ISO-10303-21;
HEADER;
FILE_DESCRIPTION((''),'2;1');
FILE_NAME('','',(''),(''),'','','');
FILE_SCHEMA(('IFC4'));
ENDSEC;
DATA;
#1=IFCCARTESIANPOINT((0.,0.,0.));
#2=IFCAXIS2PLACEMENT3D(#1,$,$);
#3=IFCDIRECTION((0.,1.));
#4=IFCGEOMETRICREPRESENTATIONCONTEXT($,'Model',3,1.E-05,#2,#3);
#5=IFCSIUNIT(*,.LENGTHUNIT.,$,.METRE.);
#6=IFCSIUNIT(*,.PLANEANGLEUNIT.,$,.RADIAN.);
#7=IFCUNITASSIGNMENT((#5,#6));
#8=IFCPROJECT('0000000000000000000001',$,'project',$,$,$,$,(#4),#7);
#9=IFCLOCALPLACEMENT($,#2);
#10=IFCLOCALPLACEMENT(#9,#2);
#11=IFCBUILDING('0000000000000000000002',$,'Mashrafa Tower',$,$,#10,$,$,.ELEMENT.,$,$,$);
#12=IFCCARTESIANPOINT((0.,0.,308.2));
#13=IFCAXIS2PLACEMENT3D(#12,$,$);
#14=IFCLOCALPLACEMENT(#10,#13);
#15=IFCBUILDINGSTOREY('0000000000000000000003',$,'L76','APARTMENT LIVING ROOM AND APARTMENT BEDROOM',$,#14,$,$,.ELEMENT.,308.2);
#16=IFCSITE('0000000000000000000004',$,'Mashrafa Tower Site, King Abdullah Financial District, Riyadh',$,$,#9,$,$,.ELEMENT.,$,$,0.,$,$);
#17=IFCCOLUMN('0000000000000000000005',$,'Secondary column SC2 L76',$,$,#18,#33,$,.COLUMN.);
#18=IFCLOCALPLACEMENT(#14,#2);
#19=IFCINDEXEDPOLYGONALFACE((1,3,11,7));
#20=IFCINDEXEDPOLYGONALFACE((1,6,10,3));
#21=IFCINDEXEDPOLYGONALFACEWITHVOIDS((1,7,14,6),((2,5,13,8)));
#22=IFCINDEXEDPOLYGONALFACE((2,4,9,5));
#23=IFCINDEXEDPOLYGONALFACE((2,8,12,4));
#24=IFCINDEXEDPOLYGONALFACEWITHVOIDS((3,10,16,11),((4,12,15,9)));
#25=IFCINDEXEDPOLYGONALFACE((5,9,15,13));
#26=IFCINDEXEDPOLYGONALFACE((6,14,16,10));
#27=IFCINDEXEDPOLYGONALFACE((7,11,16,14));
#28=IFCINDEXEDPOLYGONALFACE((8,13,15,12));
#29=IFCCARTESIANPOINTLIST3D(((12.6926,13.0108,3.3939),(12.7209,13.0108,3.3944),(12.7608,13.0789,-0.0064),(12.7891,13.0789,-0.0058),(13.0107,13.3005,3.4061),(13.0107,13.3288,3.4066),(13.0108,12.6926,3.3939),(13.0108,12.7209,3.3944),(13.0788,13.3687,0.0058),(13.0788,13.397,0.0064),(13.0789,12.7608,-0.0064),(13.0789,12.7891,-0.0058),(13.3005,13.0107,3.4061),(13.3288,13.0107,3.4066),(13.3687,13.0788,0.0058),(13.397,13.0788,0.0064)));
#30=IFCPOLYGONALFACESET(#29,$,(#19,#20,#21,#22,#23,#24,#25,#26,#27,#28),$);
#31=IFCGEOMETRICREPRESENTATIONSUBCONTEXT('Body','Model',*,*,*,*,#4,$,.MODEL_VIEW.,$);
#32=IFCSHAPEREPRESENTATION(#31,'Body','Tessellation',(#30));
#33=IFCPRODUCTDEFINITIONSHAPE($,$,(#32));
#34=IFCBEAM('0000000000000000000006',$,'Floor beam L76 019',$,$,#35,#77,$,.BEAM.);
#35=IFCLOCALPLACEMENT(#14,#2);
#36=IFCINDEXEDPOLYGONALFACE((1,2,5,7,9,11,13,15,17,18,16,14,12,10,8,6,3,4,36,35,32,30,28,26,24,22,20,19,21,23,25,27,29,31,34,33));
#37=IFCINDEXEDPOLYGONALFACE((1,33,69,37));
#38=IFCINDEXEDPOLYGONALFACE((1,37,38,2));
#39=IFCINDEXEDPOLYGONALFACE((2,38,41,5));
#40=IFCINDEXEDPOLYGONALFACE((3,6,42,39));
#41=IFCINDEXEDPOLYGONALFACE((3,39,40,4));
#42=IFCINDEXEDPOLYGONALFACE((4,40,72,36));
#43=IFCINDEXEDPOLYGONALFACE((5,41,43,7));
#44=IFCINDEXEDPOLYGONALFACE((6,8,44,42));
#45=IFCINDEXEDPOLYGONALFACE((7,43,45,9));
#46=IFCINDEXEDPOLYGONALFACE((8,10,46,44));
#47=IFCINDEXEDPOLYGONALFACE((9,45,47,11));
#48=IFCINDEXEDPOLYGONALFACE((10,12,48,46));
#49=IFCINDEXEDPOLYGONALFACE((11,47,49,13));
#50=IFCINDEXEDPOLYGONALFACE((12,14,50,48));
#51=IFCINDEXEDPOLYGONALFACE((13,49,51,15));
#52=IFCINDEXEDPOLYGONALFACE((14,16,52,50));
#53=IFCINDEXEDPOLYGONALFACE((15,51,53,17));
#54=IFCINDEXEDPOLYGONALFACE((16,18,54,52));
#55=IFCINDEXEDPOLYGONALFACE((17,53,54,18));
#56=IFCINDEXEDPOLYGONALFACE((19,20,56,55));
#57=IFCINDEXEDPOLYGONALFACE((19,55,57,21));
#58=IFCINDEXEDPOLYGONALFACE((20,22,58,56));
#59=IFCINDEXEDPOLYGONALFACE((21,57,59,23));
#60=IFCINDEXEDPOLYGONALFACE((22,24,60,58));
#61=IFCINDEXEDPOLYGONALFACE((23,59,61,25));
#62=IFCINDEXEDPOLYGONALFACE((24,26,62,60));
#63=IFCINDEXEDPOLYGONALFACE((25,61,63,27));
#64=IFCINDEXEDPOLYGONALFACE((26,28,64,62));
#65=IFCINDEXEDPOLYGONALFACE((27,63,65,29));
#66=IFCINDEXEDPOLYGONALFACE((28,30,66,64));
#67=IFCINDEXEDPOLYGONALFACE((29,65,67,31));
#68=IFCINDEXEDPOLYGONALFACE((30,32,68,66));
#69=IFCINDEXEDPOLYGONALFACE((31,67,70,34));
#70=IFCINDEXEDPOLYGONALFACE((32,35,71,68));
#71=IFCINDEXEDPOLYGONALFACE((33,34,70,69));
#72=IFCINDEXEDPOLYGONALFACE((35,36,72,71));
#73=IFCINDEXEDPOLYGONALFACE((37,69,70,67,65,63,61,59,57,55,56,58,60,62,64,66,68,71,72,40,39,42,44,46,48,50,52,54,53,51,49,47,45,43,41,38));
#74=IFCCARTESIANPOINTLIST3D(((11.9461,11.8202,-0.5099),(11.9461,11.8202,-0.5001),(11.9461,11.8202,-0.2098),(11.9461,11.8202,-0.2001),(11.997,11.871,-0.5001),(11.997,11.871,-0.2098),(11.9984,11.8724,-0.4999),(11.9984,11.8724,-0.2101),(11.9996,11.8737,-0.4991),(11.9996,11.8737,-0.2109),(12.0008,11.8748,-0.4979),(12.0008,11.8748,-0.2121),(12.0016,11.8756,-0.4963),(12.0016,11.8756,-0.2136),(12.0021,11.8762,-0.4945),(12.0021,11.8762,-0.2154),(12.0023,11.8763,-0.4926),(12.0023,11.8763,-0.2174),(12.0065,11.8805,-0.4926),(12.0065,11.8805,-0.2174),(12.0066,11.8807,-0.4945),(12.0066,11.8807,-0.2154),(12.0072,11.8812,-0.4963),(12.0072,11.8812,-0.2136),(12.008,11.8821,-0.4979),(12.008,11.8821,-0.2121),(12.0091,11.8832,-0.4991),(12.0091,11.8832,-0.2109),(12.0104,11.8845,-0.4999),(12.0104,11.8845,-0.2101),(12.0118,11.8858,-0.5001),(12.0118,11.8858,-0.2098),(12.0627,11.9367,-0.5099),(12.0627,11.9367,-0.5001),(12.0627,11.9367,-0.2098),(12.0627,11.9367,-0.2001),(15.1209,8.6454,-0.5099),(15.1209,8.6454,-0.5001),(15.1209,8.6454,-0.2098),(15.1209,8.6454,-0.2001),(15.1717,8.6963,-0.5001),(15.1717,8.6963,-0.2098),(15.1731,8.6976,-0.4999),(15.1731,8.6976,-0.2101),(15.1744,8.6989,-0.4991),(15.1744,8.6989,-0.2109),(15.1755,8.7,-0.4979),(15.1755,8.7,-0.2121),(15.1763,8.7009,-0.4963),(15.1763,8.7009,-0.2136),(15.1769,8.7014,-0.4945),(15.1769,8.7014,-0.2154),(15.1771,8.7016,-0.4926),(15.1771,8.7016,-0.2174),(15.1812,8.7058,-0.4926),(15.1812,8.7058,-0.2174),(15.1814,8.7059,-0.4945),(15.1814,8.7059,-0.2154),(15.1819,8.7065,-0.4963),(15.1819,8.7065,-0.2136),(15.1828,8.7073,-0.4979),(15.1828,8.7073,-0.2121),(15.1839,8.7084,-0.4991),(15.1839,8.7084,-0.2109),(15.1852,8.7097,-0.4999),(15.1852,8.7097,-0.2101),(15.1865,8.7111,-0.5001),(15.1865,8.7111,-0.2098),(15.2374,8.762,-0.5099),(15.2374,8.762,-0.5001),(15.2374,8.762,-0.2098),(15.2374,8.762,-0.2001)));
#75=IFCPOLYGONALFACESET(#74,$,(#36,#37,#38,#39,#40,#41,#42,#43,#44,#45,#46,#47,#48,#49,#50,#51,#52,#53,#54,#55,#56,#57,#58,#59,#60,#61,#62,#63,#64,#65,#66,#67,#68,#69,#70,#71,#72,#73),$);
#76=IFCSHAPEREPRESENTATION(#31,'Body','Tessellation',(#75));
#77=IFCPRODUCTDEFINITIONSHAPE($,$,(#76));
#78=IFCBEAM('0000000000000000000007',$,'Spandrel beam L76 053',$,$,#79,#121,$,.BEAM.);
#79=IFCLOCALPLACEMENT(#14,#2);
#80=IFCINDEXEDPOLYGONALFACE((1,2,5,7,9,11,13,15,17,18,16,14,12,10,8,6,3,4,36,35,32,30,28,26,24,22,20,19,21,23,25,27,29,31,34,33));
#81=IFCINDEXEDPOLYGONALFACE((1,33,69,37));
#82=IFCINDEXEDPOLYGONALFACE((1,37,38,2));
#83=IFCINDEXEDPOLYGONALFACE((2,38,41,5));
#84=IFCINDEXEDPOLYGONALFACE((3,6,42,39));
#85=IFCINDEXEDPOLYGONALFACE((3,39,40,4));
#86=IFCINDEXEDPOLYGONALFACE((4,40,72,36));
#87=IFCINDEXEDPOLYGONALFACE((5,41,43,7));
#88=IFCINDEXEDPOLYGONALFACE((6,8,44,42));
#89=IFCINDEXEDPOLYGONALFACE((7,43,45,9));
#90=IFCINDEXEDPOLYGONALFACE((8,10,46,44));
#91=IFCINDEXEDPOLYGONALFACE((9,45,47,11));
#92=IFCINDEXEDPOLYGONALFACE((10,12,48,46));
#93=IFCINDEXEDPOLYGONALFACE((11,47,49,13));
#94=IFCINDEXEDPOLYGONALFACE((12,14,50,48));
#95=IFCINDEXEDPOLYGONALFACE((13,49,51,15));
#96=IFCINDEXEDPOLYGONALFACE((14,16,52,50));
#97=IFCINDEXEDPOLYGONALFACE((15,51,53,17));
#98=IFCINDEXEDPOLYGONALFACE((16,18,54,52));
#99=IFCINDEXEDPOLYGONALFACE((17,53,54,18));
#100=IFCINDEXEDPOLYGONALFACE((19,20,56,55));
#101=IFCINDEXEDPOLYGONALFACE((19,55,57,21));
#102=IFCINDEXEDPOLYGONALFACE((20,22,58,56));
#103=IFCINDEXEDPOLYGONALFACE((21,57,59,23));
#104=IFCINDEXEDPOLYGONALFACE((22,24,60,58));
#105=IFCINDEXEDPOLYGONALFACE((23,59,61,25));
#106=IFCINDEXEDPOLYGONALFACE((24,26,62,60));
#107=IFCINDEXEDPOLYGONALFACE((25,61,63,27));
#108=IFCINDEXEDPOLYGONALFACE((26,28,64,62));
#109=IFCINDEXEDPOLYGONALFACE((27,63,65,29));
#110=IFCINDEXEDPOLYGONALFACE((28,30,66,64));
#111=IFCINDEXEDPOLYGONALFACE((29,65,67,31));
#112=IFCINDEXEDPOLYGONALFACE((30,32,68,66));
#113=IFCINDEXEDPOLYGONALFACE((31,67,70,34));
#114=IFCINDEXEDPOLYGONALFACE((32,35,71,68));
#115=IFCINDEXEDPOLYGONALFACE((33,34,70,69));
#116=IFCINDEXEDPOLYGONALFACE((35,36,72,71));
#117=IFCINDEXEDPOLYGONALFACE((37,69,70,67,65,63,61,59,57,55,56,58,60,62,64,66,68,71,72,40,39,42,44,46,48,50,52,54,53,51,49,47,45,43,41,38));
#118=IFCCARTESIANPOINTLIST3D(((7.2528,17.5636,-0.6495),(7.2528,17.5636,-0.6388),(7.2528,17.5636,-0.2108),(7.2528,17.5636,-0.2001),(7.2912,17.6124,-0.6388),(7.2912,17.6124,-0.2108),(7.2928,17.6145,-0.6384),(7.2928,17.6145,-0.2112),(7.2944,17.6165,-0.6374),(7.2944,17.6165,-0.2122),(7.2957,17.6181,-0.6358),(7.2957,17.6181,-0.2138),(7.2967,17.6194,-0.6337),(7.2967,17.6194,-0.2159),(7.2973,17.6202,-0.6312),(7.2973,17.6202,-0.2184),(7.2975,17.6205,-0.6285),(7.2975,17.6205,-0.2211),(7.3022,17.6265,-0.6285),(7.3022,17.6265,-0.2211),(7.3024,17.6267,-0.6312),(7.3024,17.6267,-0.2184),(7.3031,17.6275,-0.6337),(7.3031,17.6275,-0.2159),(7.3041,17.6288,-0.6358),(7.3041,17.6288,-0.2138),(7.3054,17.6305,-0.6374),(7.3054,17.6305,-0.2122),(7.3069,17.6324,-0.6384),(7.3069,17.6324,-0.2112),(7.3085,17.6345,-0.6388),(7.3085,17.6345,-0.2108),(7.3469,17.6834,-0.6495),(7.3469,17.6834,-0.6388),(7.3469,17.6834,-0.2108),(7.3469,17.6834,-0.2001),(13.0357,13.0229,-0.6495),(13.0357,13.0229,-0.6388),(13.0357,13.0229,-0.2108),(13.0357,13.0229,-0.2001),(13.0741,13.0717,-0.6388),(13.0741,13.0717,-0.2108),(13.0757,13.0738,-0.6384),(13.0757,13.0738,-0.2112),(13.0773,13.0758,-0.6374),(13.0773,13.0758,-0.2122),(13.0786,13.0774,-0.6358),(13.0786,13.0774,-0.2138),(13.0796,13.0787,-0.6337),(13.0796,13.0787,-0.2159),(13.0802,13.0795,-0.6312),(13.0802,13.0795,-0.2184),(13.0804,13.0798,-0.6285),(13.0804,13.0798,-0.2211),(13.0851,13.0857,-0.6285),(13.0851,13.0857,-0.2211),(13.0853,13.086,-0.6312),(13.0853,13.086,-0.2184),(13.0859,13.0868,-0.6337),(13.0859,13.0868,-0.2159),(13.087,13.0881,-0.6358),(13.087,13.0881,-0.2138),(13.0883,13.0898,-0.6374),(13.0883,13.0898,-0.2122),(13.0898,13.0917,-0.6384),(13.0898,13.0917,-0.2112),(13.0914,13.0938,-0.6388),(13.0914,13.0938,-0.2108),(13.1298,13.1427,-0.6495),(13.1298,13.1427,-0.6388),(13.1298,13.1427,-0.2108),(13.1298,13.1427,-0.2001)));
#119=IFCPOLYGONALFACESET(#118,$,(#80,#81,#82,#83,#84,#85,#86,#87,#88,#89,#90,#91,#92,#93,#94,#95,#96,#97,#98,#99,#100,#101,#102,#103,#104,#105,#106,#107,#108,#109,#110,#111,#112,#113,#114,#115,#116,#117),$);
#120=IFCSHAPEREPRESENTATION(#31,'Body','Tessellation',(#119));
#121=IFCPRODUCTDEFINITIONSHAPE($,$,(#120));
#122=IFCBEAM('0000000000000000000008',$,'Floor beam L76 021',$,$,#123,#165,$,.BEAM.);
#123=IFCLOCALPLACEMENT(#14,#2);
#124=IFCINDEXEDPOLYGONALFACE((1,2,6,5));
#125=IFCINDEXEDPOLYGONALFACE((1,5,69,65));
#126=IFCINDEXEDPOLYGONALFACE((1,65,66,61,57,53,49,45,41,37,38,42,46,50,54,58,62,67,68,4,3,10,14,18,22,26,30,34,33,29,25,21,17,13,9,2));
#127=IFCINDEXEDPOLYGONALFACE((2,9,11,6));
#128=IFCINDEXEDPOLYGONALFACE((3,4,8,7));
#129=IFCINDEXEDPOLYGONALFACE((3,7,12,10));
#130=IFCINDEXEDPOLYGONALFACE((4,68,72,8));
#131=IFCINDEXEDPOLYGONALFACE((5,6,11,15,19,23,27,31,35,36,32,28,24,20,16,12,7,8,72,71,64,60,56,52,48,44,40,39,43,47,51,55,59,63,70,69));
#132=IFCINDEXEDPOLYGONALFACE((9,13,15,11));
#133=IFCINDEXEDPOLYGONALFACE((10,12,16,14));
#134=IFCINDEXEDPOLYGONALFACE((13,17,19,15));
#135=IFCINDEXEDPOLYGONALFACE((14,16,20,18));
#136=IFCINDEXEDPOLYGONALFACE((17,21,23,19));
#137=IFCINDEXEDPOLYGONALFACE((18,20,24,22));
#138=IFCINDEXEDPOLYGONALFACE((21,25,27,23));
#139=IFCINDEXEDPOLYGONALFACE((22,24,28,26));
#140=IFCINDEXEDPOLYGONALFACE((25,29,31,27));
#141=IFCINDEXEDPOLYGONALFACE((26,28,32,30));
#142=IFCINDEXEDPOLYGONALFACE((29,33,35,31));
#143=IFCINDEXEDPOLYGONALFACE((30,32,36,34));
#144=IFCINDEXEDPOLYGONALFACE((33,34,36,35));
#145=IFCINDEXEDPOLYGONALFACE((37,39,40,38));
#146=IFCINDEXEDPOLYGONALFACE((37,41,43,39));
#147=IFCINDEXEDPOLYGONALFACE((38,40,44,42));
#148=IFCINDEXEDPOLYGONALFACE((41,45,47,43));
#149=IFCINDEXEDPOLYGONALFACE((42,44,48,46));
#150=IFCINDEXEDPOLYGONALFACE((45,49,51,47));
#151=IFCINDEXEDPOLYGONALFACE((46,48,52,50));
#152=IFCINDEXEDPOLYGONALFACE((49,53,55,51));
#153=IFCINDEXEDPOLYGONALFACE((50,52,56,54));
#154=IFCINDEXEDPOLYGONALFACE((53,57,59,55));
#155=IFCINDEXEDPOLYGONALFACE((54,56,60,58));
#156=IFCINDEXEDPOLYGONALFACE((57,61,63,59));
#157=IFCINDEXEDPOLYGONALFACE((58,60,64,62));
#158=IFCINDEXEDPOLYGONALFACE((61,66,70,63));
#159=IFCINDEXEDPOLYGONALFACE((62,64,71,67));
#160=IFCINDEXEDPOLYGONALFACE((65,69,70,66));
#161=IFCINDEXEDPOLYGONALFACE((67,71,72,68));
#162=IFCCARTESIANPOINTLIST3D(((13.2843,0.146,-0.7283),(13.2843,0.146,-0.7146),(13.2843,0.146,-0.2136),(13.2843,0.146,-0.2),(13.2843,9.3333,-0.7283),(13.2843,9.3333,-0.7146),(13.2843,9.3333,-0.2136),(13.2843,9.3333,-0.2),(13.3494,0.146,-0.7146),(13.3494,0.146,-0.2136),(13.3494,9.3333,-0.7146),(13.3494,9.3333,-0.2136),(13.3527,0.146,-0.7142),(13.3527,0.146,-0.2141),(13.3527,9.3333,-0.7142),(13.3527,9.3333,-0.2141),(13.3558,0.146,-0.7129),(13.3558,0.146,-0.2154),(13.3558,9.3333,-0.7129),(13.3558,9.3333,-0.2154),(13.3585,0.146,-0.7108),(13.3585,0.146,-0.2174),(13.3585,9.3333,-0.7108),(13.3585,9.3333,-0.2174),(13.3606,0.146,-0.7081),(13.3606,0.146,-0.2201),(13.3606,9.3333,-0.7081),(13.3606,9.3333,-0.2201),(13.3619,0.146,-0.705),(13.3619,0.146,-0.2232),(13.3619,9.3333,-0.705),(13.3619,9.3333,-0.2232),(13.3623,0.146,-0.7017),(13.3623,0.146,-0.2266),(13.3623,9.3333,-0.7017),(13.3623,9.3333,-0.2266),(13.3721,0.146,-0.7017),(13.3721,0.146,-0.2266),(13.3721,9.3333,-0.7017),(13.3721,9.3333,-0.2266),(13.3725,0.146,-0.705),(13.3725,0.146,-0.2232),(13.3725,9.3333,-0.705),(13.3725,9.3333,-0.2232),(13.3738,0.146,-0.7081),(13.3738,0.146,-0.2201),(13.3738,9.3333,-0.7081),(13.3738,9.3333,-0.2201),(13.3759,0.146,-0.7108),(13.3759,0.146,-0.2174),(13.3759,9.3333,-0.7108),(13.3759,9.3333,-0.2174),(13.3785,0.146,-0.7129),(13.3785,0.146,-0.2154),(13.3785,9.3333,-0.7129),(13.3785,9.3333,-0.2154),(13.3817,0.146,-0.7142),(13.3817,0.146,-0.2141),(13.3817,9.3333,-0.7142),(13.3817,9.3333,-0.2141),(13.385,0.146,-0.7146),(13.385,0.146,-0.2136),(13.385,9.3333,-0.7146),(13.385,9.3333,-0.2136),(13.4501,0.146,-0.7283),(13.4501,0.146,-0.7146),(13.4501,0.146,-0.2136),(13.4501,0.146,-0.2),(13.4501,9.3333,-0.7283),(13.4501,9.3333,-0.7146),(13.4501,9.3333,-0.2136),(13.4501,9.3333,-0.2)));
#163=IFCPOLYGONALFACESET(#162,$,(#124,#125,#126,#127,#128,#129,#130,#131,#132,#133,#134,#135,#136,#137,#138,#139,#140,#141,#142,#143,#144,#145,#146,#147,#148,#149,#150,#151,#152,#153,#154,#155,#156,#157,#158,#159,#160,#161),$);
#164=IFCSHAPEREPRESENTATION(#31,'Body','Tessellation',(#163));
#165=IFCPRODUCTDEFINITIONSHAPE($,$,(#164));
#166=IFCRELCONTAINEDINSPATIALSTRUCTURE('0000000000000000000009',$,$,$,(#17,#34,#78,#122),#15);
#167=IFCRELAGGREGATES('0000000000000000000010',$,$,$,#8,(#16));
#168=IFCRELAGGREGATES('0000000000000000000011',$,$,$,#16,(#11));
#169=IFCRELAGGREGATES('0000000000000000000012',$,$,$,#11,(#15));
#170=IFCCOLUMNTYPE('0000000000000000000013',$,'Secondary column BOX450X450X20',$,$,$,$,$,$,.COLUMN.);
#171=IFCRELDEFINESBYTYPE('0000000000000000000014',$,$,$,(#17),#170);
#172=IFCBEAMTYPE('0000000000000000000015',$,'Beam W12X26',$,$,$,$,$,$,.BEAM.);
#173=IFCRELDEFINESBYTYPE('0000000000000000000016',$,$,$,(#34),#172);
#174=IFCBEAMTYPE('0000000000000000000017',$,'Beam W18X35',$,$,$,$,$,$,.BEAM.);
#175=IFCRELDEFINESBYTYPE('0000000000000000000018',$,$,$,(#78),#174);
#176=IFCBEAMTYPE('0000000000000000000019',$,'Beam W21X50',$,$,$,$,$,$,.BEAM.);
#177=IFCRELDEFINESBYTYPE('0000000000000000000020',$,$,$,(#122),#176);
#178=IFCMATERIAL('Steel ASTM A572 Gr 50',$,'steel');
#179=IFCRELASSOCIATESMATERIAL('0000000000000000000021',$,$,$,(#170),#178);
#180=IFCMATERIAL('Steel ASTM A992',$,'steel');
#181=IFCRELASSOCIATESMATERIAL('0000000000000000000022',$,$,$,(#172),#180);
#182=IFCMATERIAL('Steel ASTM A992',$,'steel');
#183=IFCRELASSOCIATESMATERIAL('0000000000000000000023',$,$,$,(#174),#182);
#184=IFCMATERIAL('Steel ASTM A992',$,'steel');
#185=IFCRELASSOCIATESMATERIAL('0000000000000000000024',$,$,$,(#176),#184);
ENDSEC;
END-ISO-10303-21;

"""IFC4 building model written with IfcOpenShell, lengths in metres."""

from ifc_helpers import new_model, si_unit, direction, frame, origin, origin_2d, place, context, subcontext, project, spatial, hollow_rectangle, i_section, extrude, material, material_profile, profile_set, type_object, element, save


model = new_model("IFC4")

# Units and contexts
model_context = context("Model", 3, precision=1e-05, world=origin(), true_north=direction((0.0, 1.0)))
body_context = subcontext(model_context, "Body", "Model", "MODEL_VIEW")
ifc_project = project(units=[si_unit("LENGTHUNIT", "METRE"), si_unit("PLANEANGLEUNIT", "RADIAN")], contexts=[model_context])

# Site, building, storey
site_placement = place(None, origin())
site = spatial("IfcSite", under=ifc_project, at=site_placement, Name="Mashrafa Tower Site, King Abdullah Financial District, Riyadh", CompositionType="ELEMENT", RefElevation=0.0)
building_placement = place(site_placement, origin())
building = spatial("IfcBuilding", under=site, at=building_placement, Name="Mashrafa Tower", CompositionType="ELEMENT")
storey_placement = place(building_placement, frame((0.0, 0.0, 308.2)))
storey = spatial("IfcBuildingStorey", under=building, at=storey_placement, Name="L76", Description="APARTMENT LIVING ROOM AND APARTMENT BEDROOM", CompositionType="ELEMENT", Elevation=308.2)

# Column
ifc_material_1 = material(Name="Steel ASTM A572 Gr 50", Category="steel")
ifc_material_profile_1 = material_profile(ifc_material_1, hollow_rectangle(XDim=0.45, YDim=0.45, WallThickness=0.02, at=origin_2d()), Name="BOX450X450X20")
ifc_profile_set_1 = profile_set([ifc_material_profile_1], Name="Steel ASTM A572 Gr 50")
column_type = type_object("IfcColumnType", Name="Secondary column BOX450X450X20", PredefinedType="COLUMN", material=ifc_profile_set_1)
column_placement = place(storey_placement, frame((13.0789, 13.0789, 0.0), z_axis=(-0.020025, -0.020025, 0.999599), x_axis=(0.707107, -0.707107, 0.0)))
element("IfcColumn", 1, at=column_placement, inside=storey, type_object=column_type, Name="Secondary column SC2 L76", PredefinedType="COLUMN", context=body_context, shape_type="SweptSolid", body=[
    extrude(hollow_rectangle(XDim=0.45, YDim=0.45, WallThickness=0.02, at=origin_2d()), origin(), (0.0, 0.0, 1.0), 3.4016),
])

# Beams
ifc_material_2 = material(Name="Steel ASTM A992", Category="steel")
ifc_material_profile_2 = material_profile(ifc_material_2, i_section(OverallWidth=0.1648, OverallDepth=0.3098, WebThickness=0.0059, FlangeThickness=0.0098, FilletRadius=0.0076, at=origin_2d()), Name="W12X26")
ifc_profile_set_2 = profile_set([ifc_material_profile_2], Name="Steel ASTM A992")
beam_type_1 = type_object("IfcBeamType", Name="Beam W12X26", PredefinedType="BEAM", material=ifc_profile_set_2)
beam_1_placement = place(storey_placement, frame((12.0044, 11.8784, -0.355), z_axis=(0.707107, -0.707107, 0.0), x_axis=(0.707107, 0.707107, 0.0)))
element("IfcBeam", 2, at=beam_1_placement, inside=storey, type_object=beam_type_1, Name="Floor beam L76 019", PredefinedType="BEAM", context=body_context, shape_type="SweptSolid", body=[
    extrude(i_section(OverallWidth=0.1648, OverallDepth=0.3098, WebThickness=0.0059, FlangeThickness=0.0098, FilletRadius=0.0076, at=origin_2d()), origin(), (0.0, 0.0, 1.0), 4.4897),
])
ifc_material_3 = material(Name="Steel ASTM A992", Category="steel")
ifc_material_profile_3 = material_profile(ifc_material_3, i_section(OverallWidth=0.1523, OverallDepth=0.4495, WebThickness=0.0076, FlangeThickness=0.0107, FilletRadius=0.0103, at=origin_2d()), Name="W18X35")
ifc_profile_set_3 = profile_set([ifc_material_profile_3], Name="Steel ASTM A992")
beam_type_2 = type_object("IfcBeamType", Name="Beam W18X35", PredefinedType="BEAM", material=ifc_profile_set_3)
beam_2_placement = place(storey_placement, frame((13.0828, 13.0828, -0.4248), z_axis=(-0.786515, 0.617571, 0.0), x_axis=(-0.617571, -0.786515, 0.0)))
element("IfcBeam", 3, at=beam_2_placement, inside=storey, type_object=beam_type_2, Name="Spandrel beam L76 053", PredefinedType="BEAM", context=body_context, shape_type="SweptSolid", body=[
    extrude(i_section(OverallWidth=0.1523, OverallDepth=0.4495, WebThickness=0.0076, FlangeThickness=0.0107, FilletRadius=0.0103, at=origin_2d()), origin(), (0.0, 0.0, 1.0), 7.3525),
])
ifc_material_4 = material(Name="Steel ASTM A992", Category="steel")
ifc_material_profile_4 = material_profile(ifc_material_4, i_section(OverallWidth=0.1658, OverallDepth=0.5283, WebThickness=0.0098, FlangeThickness=0.0137, FilletRadius=0.0129, at=origin_2d()), Name="W21X50")
ifc_profile_set_4 = profile_set([ifc_material_profile_4], Name="Steel ASTM A992")
beam_type_3 = type_object("IfcBeamType", Name="Beam W21X50", PredefinedType="BEAM", material=ifc_profile_set_4)
beam_3_placement = place(storey_placement, frame((13.3672, 9.3333, -0.4641), z_axis=(0.0, -1.0, 0.0), x_axis=(1.0, 0.0, 0.0)))
element("IfcBeam", 4, at=beam_3_placement, inside=storey, type_object=beam_type_3, Name="Floor beam L76 021", PredefinedType="BEAM", context=body_context, shape_type="SweptSolid", body=[
    extrude(i_section(OverallWidth=0.1658, OverallDepth=0.5283, WebThickness=0.0098, FlangeThickness=0.0137, FilletRadius=0.0129, at=origin_2d()), origin(), (0.0, 0.0, 1.0), 9.1873),
])

save(model, "model.ifc")
